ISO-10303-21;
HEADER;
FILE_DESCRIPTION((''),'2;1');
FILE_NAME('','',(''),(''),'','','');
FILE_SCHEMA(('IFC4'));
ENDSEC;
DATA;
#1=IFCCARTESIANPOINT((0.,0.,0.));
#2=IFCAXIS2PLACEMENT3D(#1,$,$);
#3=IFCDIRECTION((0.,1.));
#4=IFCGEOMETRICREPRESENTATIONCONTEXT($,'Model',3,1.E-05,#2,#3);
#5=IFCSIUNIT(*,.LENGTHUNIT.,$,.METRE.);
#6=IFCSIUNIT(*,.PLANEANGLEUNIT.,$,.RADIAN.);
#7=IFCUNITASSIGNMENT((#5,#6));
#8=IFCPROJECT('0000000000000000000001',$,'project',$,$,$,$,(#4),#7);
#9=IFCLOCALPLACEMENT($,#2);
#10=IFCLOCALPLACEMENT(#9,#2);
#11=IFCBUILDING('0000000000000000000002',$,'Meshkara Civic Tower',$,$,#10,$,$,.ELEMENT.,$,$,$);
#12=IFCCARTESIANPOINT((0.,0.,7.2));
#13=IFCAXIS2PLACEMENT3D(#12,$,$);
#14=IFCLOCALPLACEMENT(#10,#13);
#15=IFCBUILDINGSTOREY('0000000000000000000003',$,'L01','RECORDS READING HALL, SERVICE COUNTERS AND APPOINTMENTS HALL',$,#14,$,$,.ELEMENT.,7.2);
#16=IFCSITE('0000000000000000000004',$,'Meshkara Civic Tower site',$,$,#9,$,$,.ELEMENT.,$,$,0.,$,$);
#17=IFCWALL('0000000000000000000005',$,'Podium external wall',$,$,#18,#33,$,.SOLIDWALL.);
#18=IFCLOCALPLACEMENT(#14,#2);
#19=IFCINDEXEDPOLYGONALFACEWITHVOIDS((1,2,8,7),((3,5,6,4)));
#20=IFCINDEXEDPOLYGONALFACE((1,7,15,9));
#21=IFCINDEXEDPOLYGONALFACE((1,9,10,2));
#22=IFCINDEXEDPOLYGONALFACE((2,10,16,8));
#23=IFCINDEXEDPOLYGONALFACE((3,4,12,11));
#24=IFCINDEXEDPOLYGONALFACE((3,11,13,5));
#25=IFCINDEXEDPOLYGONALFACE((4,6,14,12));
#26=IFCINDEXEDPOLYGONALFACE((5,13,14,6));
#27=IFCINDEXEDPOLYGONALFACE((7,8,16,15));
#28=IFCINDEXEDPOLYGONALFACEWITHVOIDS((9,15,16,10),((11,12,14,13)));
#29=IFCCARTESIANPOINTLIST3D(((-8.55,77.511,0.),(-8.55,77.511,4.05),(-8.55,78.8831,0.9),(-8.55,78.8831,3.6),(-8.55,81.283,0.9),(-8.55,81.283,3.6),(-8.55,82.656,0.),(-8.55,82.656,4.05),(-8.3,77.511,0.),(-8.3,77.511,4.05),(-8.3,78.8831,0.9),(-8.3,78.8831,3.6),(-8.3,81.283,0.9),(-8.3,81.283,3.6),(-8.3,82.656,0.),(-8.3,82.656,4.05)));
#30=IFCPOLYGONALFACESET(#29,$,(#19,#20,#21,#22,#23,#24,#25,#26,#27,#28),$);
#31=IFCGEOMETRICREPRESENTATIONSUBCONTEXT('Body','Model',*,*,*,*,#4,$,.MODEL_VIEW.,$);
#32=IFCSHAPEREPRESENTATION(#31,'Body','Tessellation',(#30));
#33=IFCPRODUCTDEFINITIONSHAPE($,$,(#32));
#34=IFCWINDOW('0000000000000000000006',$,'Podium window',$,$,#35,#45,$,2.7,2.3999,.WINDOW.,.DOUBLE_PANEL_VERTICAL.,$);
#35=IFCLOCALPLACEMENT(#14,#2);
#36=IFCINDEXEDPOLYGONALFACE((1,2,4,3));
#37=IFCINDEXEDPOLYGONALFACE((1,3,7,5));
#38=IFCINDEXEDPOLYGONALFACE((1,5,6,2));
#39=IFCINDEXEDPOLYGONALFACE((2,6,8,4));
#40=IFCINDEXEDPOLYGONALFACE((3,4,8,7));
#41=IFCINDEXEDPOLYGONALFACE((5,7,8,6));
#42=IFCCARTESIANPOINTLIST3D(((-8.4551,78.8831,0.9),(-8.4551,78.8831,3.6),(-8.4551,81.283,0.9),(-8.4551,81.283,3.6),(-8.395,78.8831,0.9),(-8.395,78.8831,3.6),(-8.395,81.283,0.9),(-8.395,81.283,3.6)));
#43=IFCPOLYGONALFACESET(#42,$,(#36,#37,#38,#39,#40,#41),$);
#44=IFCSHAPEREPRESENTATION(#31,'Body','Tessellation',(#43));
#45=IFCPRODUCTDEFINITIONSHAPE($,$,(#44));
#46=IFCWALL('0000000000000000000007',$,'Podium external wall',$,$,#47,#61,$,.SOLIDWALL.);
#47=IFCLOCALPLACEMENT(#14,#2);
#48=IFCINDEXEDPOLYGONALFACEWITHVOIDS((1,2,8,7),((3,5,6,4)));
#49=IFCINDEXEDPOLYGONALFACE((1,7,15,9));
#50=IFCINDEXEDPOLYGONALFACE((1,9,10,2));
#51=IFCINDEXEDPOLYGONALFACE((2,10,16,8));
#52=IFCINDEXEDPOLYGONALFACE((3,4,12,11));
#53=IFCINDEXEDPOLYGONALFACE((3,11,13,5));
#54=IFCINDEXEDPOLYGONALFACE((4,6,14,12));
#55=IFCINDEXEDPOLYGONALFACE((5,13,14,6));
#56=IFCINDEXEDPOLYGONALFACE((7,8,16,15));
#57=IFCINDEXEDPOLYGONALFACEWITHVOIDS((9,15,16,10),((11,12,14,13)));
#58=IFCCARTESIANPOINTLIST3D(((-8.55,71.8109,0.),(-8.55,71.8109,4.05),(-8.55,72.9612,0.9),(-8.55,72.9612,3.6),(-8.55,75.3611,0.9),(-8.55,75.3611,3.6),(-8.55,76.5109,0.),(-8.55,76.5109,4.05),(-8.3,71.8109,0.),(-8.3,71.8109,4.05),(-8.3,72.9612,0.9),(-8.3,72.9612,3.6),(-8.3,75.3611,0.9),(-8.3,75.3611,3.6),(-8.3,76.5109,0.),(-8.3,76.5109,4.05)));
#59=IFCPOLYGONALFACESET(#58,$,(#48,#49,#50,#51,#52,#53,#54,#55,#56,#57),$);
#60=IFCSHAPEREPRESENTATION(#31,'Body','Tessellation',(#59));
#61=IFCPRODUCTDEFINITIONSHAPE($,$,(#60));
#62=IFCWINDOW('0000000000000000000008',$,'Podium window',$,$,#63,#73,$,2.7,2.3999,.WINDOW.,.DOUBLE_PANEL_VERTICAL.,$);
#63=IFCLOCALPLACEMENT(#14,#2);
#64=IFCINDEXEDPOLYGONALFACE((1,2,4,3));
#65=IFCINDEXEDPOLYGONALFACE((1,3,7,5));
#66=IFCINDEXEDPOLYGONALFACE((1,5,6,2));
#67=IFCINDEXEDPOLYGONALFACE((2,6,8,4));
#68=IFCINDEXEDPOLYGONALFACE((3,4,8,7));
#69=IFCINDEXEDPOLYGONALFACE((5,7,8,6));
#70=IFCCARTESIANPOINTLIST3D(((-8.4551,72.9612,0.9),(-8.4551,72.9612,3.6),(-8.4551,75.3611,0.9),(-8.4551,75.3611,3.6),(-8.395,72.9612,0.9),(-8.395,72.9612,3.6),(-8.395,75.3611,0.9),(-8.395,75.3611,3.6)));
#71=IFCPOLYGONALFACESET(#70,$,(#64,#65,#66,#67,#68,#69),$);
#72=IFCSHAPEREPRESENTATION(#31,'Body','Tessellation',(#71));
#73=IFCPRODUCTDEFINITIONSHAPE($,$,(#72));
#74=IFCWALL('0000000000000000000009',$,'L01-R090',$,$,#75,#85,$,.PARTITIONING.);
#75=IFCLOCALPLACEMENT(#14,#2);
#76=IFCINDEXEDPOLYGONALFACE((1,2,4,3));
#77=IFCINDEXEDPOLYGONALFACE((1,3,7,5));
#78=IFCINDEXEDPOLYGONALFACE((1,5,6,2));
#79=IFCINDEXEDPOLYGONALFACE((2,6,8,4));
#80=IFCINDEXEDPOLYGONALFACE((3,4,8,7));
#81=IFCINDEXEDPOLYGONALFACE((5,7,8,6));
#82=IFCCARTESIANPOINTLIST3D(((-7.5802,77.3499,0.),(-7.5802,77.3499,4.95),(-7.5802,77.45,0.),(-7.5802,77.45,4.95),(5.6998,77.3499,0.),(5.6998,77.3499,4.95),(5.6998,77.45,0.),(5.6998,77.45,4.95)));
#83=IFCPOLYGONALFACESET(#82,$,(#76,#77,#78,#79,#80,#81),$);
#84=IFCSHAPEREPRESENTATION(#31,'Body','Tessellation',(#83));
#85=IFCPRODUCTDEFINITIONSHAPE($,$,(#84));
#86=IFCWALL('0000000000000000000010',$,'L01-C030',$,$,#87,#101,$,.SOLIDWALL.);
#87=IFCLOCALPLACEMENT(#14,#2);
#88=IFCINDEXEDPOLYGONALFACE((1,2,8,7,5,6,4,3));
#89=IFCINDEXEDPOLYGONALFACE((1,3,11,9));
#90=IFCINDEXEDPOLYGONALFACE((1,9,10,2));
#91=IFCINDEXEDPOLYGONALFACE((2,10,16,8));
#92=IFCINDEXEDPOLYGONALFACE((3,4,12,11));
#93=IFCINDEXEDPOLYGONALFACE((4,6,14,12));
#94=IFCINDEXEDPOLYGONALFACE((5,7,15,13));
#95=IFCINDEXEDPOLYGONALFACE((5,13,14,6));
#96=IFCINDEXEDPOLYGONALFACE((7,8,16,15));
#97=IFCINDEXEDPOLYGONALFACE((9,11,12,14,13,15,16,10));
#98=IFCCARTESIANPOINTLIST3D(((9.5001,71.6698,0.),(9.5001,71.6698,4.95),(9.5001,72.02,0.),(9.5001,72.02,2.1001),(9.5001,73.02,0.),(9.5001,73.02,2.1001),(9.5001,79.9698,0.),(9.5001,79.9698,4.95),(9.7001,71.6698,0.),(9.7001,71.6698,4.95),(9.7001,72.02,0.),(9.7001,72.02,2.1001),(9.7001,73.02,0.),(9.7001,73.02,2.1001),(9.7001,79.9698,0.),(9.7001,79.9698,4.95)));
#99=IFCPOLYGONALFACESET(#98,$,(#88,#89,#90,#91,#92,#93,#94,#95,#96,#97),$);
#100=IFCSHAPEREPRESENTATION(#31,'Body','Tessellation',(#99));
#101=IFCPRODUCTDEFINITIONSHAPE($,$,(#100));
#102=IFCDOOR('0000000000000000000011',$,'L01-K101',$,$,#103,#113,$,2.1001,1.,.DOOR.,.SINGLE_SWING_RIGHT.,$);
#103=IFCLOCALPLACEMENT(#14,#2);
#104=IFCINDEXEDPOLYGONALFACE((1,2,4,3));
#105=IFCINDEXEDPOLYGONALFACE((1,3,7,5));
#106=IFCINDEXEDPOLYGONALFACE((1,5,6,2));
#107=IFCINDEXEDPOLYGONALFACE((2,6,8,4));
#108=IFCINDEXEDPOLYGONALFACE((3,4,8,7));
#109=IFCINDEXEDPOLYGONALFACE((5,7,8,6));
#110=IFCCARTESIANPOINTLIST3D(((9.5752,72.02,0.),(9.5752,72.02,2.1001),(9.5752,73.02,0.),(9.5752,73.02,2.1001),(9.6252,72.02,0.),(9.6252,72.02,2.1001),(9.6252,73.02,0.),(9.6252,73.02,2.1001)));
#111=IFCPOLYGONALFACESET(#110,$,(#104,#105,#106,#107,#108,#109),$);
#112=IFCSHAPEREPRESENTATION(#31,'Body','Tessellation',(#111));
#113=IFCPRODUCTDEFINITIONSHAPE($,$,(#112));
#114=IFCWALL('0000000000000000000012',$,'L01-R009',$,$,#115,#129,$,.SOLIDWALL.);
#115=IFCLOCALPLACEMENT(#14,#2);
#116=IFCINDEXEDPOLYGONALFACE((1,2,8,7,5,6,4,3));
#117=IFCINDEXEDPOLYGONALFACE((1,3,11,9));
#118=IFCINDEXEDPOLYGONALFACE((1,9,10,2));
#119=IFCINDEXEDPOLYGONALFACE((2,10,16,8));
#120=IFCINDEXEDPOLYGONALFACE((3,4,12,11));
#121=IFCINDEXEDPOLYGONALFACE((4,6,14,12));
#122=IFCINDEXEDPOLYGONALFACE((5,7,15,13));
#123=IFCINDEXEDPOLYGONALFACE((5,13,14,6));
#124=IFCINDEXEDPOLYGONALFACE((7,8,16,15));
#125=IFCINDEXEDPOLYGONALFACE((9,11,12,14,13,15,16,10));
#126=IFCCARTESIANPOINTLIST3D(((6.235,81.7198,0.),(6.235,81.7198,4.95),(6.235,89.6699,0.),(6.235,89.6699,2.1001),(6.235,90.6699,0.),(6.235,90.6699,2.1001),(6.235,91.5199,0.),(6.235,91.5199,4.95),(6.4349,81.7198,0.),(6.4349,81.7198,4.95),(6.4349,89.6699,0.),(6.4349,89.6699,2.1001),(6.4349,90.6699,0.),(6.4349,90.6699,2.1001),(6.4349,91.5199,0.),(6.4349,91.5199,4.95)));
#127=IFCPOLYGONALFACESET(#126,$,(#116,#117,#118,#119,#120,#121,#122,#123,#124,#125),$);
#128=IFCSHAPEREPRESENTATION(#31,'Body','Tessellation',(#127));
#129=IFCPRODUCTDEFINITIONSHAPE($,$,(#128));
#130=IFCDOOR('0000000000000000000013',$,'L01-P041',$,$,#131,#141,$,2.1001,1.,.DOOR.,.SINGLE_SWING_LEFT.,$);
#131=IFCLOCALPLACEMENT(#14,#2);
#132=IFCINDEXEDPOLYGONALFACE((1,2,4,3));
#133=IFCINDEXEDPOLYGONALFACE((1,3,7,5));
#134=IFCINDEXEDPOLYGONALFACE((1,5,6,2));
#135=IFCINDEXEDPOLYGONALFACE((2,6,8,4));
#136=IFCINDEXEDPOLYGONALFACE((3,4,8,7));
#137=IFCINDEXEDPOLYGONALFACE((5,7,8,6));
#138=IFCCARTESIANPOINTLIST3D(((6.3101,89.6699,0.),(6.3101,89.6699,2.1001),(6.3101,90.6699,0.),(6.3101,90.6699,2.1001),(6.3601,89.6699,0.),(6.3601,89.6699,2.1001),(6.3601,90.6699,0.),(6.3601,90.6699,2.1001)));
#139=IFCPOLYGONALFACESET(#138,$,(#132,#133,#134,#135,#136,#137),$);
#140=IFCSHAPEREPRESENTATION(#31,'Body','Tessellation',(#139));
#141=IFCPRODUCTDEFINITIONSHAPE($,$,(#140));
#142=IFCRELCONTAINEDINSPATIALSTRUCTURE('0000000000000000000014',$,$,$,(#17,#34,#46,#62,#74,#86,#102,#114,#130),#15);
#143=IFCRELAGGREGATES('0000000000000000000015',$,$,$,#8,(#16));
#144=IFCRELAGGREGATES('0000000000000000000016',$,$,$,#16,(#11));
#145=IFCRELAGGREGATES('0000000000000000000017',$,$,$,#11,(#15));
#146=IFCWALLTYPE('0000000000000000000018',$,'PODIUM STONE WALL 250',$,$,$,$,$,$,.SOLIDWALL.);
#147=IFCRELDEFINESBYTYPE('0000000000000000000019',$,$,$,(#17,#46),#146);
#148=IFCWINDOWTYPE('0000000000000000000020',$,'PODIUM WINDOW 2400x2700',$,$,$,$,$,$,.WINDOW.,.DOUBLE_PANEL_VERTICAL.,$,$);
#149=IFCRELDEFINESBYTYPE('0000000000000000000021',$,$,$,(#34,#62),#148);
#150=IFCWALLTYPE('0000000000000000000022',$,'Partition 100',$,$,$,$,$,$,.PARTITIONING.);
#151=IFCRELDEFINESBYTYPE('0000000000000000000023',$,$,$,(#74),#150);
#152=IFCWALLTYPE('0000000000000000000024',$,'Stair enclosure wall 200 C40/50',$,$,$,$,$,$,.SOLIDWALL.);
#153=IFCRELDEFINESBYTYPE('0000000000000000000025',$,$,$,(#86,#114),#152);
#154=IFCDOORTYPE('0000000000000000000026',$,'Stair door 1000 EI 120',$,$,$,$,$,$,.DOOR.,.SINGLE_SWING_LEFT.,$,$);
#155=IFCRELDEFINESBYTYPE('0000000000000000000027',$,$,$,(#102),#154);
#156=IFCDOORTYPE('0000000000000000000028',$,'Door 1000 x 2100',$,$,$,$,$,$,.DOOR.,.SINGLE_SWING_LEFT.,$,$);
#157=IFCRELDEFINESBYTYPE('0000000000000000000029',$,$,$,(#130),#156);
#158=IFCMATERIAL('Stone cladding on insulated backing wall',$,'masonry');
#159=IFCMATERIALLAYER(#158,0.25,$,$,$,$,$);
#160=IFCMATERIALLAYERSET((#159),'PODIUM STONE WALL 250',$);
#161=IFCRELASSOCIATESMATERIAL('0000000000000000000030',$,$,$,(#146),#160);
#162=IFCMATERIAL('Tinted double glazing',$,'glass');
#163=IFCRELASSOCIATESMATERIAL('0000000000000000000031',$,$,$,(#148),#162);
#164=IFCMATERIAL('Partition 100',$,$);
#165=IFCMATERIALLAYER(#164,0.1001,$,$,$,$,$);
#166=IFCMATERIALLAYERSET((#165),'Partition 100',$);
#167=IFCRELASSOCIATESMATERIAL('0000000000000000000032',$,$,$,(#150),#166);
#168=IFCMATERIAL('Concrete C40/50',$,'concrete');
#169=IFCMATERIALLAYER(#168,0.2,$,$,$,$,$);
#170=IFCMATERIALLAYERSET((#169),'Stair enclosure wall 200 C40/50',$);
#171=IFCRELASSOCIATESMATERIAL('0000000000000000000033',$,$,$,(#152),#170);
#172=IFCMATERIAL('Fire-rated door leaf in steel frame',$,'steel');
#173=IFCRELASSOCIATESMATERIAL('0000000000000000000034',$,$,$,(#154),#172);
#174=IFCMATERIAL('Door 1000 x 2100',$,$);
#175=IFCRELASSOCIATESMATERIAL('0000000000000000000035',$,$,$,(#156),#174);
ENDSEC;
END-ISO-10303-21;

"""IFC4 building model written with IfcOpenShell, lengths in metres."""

from ifc_helpers import new_model, si_unit, direction, frame, frame_2d, origin, place, context, subcontext, project, spatial, rectangle, extrude, material, layer, layer_set, type_object, element, fill, save


model = new_model("IFC4")

# Units and contexts
model_context = context("Model", 3, precision=1e-05, world=origin(), true_north=direction((0.0, 1.0)))
body_context = subcontext(model_context, "Body", "Model", "MODEL_VIEW")
ifc_project = project(units=[si_unit("LENGTHUNIT", "METRE"), si_unit("PLANEANGLEUNIT", "RADIAN")], contexts=[model_context])

# Site, building, storey
site_placement = place(None, origin())
site = spatial("IfcSite", under=ifc_project, at=site_placement, Name="Meshkara Civic Tower site", CompositionType="ELEMENT", RefElevation=0.0)
building_placement = place(site_placement, origin())
building = spatial("IfcBuilding", under=site, at=building_placement, Name="Meshkara Civic Tower", CompositionType="ELEMENT")
storey_placement = place(building_placement, frame((0.0, 0.0, 7.2)))
storey = spatial("IfcBuildingStorey", under=building, at=storey_placement, Name="L01", Description="RECORDS READING HALL, SERVICE COUNTERS AND APPOINTMENTS HALL", CompositionType="ELEMENT", Elevation=7.2)

# Walls, openings, windows
ifc_material_1 = material(Name="Stone cladding on insulated backing wall", Category="masonry")
ifc_layer_1 = layer(ifc_material_1, 0.25)
ifc_layer_set_1 = layer_set([ifc_layer_1], Name="PODIUM STONE WALL 250")
wall_type_1 = type_object("IfcWallType", Name="PODIUM STONE WALL 250", PredefinedType="SOLIDWALL", material=ifc_layer_set_1)
wall_1_placement = place(storey_placement, frame((-8.425, 82.656, 0.0), z_axis=(0.0, 0.0, 1.0), x_axis=(0.0, -1.0, 0.0)))
wall_1 = element("IfcWall", 1, at=wall_1_placement, inside=storey, type_object=wall_type_1, Name="Podium external wall", PredefinedType="SOLIDWALL", context=body_context, shape_type="SweptSolid", body=[
    extrude(rectangle(XDim=5.145, YDim=0.25, at=frame_2d((2.5725, 0.0))), origin(), (0.0, 0.0, 1.0), 4.05),
])
opening_1_placement = place(wall_1_placement, frame((1.373, 0.0, 0.8999)))
opening_1 = element("IfcOpeningElement", 2, at=opening_1_placement, cuts=wall_1, PredefinedType="OPENING", context=body_context, shape_type="SweptSolid", body=[
    extrude(rectangle(XDim=2.3999, YDim=2.7, at=frame_2d((1.2, 1.3501))), frame((0.0, 0.135, 0.0), z_axis=(0.0, -1.0, 0.0), x_axis=(1.0, 0.0, 0.0)), (0.0, 0.0, 1.0), 0.27),
])
ifc_material_2 = material(Name="Tinted double glazing", Category="glass")
window_type = type_object("IfcWindowType", Name="PODIUM WINDOW 2400x2700", PartitioningType="DOUBLE_PANEL_VERTICAL", PredefinedType="WINDOW", material=ifc_material_2)
window_1_placement = place(opening_1_placement, origin())
window_1 = element("IfcWindow", 3, at=window_1_placement, inside=storey, type_object=window_type, Name="Podium window", OverallHeight=2.7, OverallWidth=2.3999, PartitioningType="DOUBLE_PANEL_VERTICAL", PredefinedType="WINDOW", context=body_context, shape_type="SweptSolid", body=[
    extrude(rectangle(XDim=2.3999, YDim=2.7, at=frame_2d((1.2, 1.3501))), frame((0.0, 0.03, 0.0), z_axis=(0.0, -1.0, 0.0), x_axis=(1.0, 0.0, 0.0)), (0.0, 0.0, 1.0), 0.0601),
])
fill(opening_1, window_1)
wall_2_placement = place(storey_placement, frame((-8.425, 76.511, 0.0), z_axis=(0.0, 0.0, 1.0), x_axis=(0.0, -1.0, 0.0)))
wall_2 = element("IfcWall", 4, at=wall_2_placement, inside=storey, type_object=wall_type_1, Name="Podium external wall", PredefinedType="SOLIDWALL", context=body_context, shape_type="SweptSolid", body=[
    extrude(rectangle(XDim=4.7, YDim=0.25, at=frame_2d((2.3501, 0.0))), origin(), (0.0, 0.0, 1.0), 4.05),
])
opening_2_placement = place(wall_2_placement, frame((1.1499, 0.0, 0.8999)))
opening_2 = element("IfcOpeningElement", 5, at=opening_2_placement, cuts=wall_2, PredefinedType="OPENING", context=body_context, shape_type="SweptSolid", body=[
    extrude(rectangle(XDim=2.3999, YDim=2.7, at=frame_2d((1.2, 1.3501))), frame((0.0, 0.135, 0.0), z_axis=(0.0, -1.0, 0.0), x_axis=(1.0, 0.0, 0.0)), (0.0, 0.0, 1.0), 0.27),
])
window_2_placement = place(opening_2_placement, origin())
window_2 = element("IfcWindow", 6, at=window_2_placement, inside=storey, type_object=window_type, Name="Podium window", OverallHeight=2.7, OverallWidth=2.3999, PartitioningType="DOUBLE_PANEL_VERTICAL", PredefinedType="WINDOW", context=body_context, shape_type="SweptSolid", body=[
    extrude(rectangle(XDim=2.3999, YDim=2.7, at=frame_2d((1.2, 1.3501))), frame((0.0, 0.03, 0.0), z_axis=(0.0, -1.0, 0.0), x_axis=(1.0, 0.0, 0.0)), (0.0, 0.0, 1.0), 0.0601),
])
fill(opening_2, window_2)

# Wall
ifc_material_3 = material(Name="Partition 100")
ifc_layer_2 = layer(ifc_material_3, 0.1001)
ifc_layer_set_2 = layer_set([ifc_layer_2], Name="Partition 100")
wall_type_2 = type_object("IfcWallType", Name="Partition 100", PredefinedType="PARTITIONING", material=ifc_layer_set_2)
wall_3_placement = place(storey_placement, frame((5.7, 77.3999, 0.0), z_axis=(0.0, 0.0, 1.0), x_axis=(-1.0, 0.0, 0.0)))
element("IfcWall", 7, at=wall_3_placement, inside=storey, type_object=wall_type_2, Name="L01-R090", PredefinedType="PARTITIONING", context=body_context, shape_type="SweptSolid", body=[
    extrude(rectangle(XDim=13.28, YDim=0.1001, at=frame_2d((6.6401, 0.0))), origin(), (0.0, 0.0, 1.0), 4.95),
])

# Walls, openings, doors
ifc_material_4 = material(Name="Concrete C40/50", Category="concrete")
ifc_layer_3 = layer(ifc_material_4, 0.2)
ifc_layer_set_3 = layer_set([ifc_layer_3], Name="Stair enclosure wall 200 C40/50")
wall_type_3 = type_object("IfcWallType", Name="Stair enclosure wall 200 C40/50", PredefinedType="SOLIDWALL", material=ifc_layer_set_3)
wall_4_placement = place(storey_placement, frame((9.6001, 71.6699, 0.0), z_axis=(0.0, 0.0, 1.0), x_axis=(0.0, 1.0, 0.0)))
wall_4 = element("IfcWall", 8, at=wall_4_placement, inside=storey, type_object=wall_type_3, Name="L01-C030", PredefinedType="SOLIDWALL", context=body_context, shape_type="SweptSolid", body=[
    extrude(rectangle(XDim=8.3, YDim=0.2, at=frame_2d((4.1499, 0.0))), origin(), (0.0, 0.0, 1.0), 4.95),
])
opening_3_placement = place(wall_4_placement, frame((0.3501, 0.0, 0.0)))
opening_3 = element("IfcOpeningElement", 9, at=opening_3_placement, cuts=wall_4, PredefinedType="OPENING", context=body_context, shape_type="SweptSolid", body=[
    extrude(rectangle(XDim=1.0, YDim=2.1001, at=frame_2d((0.5, 1.05))), frame((0.0, 0.1099, 0.0), z_axis=(0.0, -1.0, 0.0), x_axis=(1.0, 0.0, 0.0)), (0.0, 0.0, 1.0), 0.22),
])
ifc_material_5 = material(Name="Fire-rated door leaf in steel frame", Category="steel")
door_type_1 = type_object("IfcDoorType", Name="Stair door 1000 EI 120", OperationType="SINGLE_SWING_LEFT", PredefinedType="DOOR", material=ifc_material_5)
door_1_placement = place(opening_3_placement, origin())
door_1 = element("IfcDoor", 10, at=door_1_placement, inside=storey, type_object=door_type_1, Name="L01-K101", OperationType="SINGLE_SWING_RIGHT", OverallHeight=2.1001, OverallWidth=1.0, PredefinedType="DOOR", context=body_context, shape_type="SweptSolid", body=[
    extrude(rectangle(XDim=1.0, YDim=2.1001, at=frame_2d((0.5, 1.05))), frame((0.0, 0.0249, 0.0), z_axis=(0.0, -1.0, 0.0), x_axis=(1.0, 0.0, 0.0)), (0.0, 0.0, 1.0), 0.05),
])
fill(opening_3, door_1)
wall_5_placement = place(storey_placement, frame((6.335, 81.72, 0.0), z_axis=(0.0, 0.0, 1.0), x_axis=(0.0, 1.0, 0.0)))
wall_5 = element("IfcWall", 11, at=wall_5_placement, inside=storey, type_object=wall_type_3, Name="L01-R009", PredefinedType="SOLIDWALL", context=body_context, shape_type="SweptSolid", body=[
    extrude(rectangle(XDim=9.8, YDim=0.2, at=frame_2d((4.8999, 0.0))), origin(), (0.0, 0.0, 1.0), 4.95),
])
opening_4_placement = place(wall_5_placement, frame((7.95, 0.0, 0.0)))
opening_4 = element("IfcOpeningElement", 12, at=opening_4_placement, cuts=wall_5, PredefinedType="OPENING", context=body_context, shape_type="SweptSolid", body=[
    extrude(rectangle(XDim=1.0, YDim=2.1001, at=frame_2d((0.5, 1.05))), frame((0.0, 0.1099, 0.0), z_axis=(0.0, -1.0, 0.0), x_axis=(1.0, 0.0, 0.0)), (0.0, 0.0, 1.0), 0.22),
])
ifc_material_6 = material(Name="Door 1000 x 2100")
door_type_2 = type_object("IfcDoorType", Name="Door 1000 x 2100", OperationType="SINGLE_SWING_LEFT", PredefinedType="DOOR", material=ifc_material_6)
door_2_placement = place(opening_4_placement, origin())
door_2 = element("IfcDoor", 13, at=door_2_placement, inside=storey, type_object=door_type_2, Name="L01-P041", OperationType="SINGLE_SWING_LEFT", OverallHeight=2.1001, OverallWidth=1.0, PredefinedType="DOOR", context=body_context, shape_type="SweptSolid", body=[
    extrude(rectangle(XDim=1.0, YDim=2.1001, at=frame_2d((0.5, 1.05))), frame((0.0, 0.0249, 0.0), z_axis=(0.0, -1.0, 0.0), x_axis=(1.0, 0.0, 0.0)), (0.0, 0.0, 1.0), 0.05),
])
fill(opening_4, door_2)

save(model, "model.ifc")
